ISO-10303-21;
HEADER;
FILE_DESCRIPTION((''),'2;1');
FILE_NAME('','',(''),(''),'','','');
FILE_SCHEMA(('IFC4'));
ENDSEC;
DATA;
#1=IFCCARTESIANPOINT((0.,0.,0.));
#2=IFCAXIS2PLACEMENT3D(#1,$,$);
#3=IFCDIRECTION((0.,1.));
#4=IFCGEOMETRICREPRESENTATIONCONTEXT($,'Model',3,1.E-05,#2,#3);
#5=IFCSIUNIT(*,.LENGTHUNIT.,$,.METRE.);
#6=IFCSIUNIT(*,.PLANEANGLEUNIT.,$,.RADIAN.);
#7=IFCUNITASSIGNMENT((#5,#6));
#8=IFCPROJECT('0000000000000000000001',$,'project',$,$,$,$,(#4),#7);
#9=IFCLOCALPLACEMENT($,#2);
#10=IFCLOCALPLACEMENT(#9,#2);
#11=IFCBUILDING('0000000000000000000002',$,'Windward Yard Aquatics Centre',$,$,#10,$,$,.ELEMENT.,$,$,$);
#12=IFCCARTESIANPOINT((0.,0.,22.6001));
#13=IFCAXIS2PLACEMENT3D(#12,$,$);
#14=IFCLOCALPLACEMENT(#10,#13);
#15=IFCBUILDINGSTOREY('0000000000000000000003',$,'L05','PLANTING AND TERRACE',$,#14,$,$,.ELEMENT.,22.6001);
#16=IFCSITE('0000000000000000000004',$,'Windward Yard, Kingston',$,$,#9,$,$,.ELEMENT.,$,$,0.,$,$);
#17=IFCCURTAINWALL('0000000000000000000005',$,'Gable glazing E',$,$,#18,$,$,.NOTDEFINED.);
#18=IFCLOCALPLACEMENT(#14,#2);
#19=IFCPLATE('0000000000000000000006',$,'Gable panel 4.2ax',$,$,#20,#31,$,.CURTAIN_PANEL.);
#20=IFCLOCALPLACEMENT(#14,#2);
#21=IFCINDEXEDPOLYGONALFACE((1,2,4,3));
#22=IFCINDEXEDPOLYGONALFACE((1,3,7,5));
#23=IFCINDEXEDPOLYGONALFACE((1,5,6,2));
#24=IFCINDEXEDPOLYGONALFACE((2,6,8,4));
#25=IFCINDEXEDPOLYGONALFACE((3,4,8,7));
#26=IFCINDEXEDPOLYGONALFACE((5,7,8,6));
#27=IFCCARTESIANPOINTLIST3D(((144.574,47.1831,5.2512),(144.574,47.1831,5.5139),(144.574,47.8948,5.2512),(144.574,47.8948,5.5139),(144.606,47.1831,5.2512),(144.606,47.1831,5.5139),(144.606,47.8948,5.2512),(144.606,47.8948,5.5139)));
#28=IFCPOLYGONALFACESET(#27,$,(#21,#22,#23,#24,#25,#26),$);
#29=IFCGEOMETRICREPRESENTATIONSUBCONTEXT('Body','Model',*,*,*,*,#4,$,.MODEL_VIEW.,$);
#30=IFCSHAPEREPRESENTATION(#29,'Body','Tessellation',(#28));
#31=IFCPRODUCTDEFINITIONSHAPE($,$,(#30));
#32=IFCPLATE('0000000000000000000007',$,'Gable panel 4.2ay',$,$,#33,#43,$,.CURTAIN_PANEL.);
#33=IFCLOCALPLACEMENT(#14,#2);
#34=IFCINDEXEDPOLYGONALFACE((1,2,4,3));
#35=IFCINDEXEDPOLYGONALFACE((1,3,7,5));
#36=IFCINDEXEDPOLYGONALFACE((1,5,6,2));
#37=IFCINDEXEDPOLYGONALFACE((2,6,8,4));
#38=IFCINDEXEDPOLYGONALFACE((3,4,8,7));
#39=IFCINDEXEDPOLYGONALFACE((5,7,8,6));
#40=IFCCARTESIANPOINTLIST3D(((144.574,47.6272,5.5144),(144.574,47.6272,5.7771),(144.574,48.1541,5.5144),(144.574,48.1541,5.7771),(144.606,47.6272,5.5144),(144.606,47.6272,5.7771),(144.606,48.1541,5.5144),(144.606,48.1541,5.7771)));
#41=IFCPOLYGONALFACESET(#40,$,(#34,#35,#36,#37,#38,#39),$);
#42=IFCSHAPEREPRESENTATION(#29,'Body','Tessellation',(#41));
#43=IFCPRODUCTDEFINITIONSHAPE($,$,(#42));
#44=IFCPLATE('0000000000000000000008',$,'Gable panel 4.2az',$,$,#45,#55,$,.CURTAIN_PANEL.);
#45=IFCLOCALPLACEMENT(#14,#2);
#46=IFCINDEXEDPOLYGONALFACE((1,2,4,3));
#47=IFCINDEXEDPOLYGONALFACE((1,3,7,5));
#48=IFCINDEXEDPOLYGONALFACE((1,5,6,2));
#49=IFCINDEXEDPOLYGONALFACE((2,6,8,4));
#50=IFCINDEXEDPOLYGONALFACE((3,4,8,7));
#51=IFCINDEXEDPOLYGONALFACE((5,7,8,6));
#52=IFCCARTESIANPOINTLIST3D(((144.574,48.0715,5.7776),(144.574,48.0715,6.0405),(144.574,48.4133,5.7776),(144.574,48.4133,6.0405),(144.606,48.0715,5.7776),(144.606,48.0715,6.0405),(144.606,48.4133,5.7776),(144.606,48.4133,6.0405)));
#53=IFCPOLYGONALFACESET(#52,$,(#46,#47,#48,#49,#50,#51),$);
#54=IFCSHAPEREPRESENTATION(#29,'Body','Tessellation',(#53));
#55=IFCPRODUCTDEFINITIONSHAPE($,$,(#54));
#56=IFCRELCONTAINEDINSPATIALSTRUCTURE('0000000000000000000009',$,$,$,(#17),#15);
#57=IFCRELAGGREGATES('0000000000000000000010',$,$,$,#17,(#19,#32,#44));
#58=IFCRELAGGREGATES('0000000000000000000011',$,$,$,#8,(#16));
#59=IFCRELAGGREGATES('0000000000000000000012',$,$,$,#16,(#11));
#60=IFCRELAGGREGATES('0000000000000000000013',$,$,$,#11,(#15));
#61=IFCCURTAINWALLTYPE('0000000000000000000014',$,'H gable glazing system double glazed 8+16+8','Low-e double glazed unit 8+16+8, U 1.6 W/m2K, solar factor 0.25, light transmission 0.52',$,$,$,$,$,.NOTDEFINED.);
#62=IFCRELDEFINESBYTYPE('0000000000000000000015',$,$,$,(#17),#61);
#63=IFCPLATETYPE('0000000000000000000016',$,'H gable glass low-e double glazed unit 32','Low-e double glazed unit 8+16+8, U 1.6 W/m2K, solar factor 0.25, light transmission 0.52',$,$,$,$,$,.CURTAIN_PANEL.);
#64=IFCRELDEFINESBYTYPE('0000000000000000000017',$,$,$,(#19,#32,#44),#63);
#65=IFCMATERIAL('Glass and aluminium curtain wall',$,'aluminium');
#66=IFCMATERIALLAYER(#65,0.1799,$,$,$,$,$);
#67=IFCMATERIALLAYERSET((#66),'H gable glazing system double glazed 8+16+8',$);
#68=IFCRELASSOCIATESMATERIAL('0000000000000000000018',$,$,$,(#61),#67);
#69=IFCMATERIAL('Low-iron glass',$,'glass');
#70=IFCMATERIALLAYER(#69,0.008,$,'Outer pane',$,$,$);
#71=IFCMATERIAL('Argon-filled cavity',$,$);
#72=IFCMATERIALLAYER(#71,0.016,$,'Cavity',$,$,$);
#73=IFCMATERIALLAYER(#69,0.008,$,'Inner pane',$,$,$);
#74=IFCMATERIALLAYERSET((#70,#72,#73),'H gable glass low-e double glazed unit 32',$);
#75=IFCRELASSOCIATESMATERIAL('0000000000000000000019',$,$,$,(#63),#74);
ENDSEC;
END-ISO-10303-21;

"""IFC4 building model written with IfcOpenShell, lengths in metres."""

from ifc_helpers import new_model, si_unit, direction, frame, origin, place, context, subcontext, project, spatial, polyline, outline, extrude, material, layer, layer_set, type_object, element, aggregate, save


model = new_model("IFC4")

# Units and contexts
model_context = context("Model", 3, precision=1e-05, world=origin(), true_north=direction((0.0, 1.0)))
body_context = subcontext(model_context, "Body", "Model", "MODEL_VIEW")
ifc_project = project(units=[si_unit("LENGTHUNIT", "METRE"), si_unit("PLANEANGLEUNIT", "RADIAN")], contexts=[model_context])

# Site, building, storey
site_placement = place(None, origin())
site = spatial("IfcSite", under=ifc_project, at=site_placement, Name="Windward Yard, Kingston", CompositionType="ELEMENT", RefElevation=0.0)
building_placement = place(site_placement, origin())
building = spatial("IfcBuilding", under=site, at=building_placement, Name="Windward Yard Aquatics Centre", CompositionType="ELEMENT")
storey_placement = place(building_placement, frame((0.0, 0.0, 22.6001)))
storey = spatial("IfcBuildingStorey", under=building, at=storey_placement, Name="L05", Description="PLANTING AND TERRACE", CompositionType="ELEMENT", Elevation=22.6001)

# Curtain wall, plates
ifc_material_1 = material(Name="Glass and aluminium curtain wall", Category="aluminium")
ifc_layer_1 = layer(ifc_material_1, 0.1799)
ifc_layer_set_1 = layer_set([ifc_layer_1], Name="H gable glazing system double glazed 8+16+8")
curtain_wall_type = type_object("IfcCurtainWallType", Name="H gable glazing system double glazed 8+16+8", Description="Low-e double glazed unit 8+16+8, U 1.6 W/m2K, solar factor 0.25, light transmission 0.52", PredefinedType="NOTDEFINED", material=ifc_layer_set_1)
curtain_wall_placement = place(storey_placement, origin())
curtain_wall = element("IfcCurtainWall", 1, at=curtain_wall_placement, inside=storey, type_object=curtain_wall_type, Name="Gable glazing E", PredefinedType="NOTDEFINED")
ifc_material_2 = material(Name="Low-iron glass", Category="glass")
ifc_layer_2 = layer(ifc_material_2, 0.008, Name="Outer pane")
ifc_material_3 = material(Name="Argon-filled cavity")
ifc_layer_3 = layer(ifc_material_3, 0.016, Name="Cavity")
ifc_layer_4 = layer(ifc_material_2, 0.008, Name="Inner pane")
ifc_layer_set_2 = layer_set([ifc_layer_2, ifc_layer_3, ifc_layer_4], Name="H gable glass low-e double glazed unit 32")
plate_type = type_object("IfcPlateType", Name="H gable glass low-e double glazed unit 32", Description="Low-e double glazed unit 8+16+8, U 1.6 W/m2K, solar factor 0.25, light transmission 0.52", PredefinedType="CURTAIN_PANEL", material=ifc_layer_set_2)
plate_1_placement = place(storey_placement, frame((144.606, 47.1831, 5.2512), z_axis=(1.0, 0.0, 0.0), x_axis=(0.0, 1.0, 0.0)))
plate_1 = element("IfcPlate", 2, at=plate_1_placement, type_object=plate_type, Name="Gable panel 4.2ax", PredefinedType="CURTAIN_PANEL", context=body_context, shape_type="SweptSolid", body=[
    extrude(outline(polyline([(0.0, 0.0), (0.7117, 0.0), (0.7117, 0.2627), (0.0, 0.2627), (0.0, 0.0)])), origin(), (0.0, 0.0, -1.0), 0.032),
])
plate_2_placement = place(storey_placement, frame((144.606, 47.6272, 5.5144), z_axis=(1.0, 0.0, 0.0), x_axis=(0.0, 1.0, 0.0)))
plate_2 = element("IfcPlate", 3, at=plate_2_placement, type_object=plate_type, Name="Gable panel 4.2ay", PredefinedType="CURTAIN_PANEL", context=body_context, shape_type="SweptSolid", body=[
    extrude(outline(polyline([(0.0, 0.0), (0.5269, 0.0), (0.5269, 0.2627), (0.0, 0.2627), (0.0, 0.0)])), origin(), (0.0, 0.0, -1.0), 0.032),
])
plate_3_placement = place(storey_placement, frame((144.606, 48.0715, 5.7776), z_axis=(1.0, 0.0, 0.0), x_axis=(0.0, 1.0, 0.0)))
plate_3 = element("IfcPlate", 4, at=plate_3_placement, type_object=plate_type, Name="Gable panel 4.2az", PredefinedType="CURTAIN_PANEL", context=body_context, shape_type="SweptSolid", body=[
    extrude(outline(polyline([(0.0, 0.0), (0.3418, 0.0), (0.3418, 0.2629), (0.0, 0.2629), (0.0, 0.0)])), origin(), (0.0, 0.0, -1.0), 0.032),
])
aggregate(curtain_wall, [plate_1, plate_2, plate_3])

save(model, "model.ifc")
